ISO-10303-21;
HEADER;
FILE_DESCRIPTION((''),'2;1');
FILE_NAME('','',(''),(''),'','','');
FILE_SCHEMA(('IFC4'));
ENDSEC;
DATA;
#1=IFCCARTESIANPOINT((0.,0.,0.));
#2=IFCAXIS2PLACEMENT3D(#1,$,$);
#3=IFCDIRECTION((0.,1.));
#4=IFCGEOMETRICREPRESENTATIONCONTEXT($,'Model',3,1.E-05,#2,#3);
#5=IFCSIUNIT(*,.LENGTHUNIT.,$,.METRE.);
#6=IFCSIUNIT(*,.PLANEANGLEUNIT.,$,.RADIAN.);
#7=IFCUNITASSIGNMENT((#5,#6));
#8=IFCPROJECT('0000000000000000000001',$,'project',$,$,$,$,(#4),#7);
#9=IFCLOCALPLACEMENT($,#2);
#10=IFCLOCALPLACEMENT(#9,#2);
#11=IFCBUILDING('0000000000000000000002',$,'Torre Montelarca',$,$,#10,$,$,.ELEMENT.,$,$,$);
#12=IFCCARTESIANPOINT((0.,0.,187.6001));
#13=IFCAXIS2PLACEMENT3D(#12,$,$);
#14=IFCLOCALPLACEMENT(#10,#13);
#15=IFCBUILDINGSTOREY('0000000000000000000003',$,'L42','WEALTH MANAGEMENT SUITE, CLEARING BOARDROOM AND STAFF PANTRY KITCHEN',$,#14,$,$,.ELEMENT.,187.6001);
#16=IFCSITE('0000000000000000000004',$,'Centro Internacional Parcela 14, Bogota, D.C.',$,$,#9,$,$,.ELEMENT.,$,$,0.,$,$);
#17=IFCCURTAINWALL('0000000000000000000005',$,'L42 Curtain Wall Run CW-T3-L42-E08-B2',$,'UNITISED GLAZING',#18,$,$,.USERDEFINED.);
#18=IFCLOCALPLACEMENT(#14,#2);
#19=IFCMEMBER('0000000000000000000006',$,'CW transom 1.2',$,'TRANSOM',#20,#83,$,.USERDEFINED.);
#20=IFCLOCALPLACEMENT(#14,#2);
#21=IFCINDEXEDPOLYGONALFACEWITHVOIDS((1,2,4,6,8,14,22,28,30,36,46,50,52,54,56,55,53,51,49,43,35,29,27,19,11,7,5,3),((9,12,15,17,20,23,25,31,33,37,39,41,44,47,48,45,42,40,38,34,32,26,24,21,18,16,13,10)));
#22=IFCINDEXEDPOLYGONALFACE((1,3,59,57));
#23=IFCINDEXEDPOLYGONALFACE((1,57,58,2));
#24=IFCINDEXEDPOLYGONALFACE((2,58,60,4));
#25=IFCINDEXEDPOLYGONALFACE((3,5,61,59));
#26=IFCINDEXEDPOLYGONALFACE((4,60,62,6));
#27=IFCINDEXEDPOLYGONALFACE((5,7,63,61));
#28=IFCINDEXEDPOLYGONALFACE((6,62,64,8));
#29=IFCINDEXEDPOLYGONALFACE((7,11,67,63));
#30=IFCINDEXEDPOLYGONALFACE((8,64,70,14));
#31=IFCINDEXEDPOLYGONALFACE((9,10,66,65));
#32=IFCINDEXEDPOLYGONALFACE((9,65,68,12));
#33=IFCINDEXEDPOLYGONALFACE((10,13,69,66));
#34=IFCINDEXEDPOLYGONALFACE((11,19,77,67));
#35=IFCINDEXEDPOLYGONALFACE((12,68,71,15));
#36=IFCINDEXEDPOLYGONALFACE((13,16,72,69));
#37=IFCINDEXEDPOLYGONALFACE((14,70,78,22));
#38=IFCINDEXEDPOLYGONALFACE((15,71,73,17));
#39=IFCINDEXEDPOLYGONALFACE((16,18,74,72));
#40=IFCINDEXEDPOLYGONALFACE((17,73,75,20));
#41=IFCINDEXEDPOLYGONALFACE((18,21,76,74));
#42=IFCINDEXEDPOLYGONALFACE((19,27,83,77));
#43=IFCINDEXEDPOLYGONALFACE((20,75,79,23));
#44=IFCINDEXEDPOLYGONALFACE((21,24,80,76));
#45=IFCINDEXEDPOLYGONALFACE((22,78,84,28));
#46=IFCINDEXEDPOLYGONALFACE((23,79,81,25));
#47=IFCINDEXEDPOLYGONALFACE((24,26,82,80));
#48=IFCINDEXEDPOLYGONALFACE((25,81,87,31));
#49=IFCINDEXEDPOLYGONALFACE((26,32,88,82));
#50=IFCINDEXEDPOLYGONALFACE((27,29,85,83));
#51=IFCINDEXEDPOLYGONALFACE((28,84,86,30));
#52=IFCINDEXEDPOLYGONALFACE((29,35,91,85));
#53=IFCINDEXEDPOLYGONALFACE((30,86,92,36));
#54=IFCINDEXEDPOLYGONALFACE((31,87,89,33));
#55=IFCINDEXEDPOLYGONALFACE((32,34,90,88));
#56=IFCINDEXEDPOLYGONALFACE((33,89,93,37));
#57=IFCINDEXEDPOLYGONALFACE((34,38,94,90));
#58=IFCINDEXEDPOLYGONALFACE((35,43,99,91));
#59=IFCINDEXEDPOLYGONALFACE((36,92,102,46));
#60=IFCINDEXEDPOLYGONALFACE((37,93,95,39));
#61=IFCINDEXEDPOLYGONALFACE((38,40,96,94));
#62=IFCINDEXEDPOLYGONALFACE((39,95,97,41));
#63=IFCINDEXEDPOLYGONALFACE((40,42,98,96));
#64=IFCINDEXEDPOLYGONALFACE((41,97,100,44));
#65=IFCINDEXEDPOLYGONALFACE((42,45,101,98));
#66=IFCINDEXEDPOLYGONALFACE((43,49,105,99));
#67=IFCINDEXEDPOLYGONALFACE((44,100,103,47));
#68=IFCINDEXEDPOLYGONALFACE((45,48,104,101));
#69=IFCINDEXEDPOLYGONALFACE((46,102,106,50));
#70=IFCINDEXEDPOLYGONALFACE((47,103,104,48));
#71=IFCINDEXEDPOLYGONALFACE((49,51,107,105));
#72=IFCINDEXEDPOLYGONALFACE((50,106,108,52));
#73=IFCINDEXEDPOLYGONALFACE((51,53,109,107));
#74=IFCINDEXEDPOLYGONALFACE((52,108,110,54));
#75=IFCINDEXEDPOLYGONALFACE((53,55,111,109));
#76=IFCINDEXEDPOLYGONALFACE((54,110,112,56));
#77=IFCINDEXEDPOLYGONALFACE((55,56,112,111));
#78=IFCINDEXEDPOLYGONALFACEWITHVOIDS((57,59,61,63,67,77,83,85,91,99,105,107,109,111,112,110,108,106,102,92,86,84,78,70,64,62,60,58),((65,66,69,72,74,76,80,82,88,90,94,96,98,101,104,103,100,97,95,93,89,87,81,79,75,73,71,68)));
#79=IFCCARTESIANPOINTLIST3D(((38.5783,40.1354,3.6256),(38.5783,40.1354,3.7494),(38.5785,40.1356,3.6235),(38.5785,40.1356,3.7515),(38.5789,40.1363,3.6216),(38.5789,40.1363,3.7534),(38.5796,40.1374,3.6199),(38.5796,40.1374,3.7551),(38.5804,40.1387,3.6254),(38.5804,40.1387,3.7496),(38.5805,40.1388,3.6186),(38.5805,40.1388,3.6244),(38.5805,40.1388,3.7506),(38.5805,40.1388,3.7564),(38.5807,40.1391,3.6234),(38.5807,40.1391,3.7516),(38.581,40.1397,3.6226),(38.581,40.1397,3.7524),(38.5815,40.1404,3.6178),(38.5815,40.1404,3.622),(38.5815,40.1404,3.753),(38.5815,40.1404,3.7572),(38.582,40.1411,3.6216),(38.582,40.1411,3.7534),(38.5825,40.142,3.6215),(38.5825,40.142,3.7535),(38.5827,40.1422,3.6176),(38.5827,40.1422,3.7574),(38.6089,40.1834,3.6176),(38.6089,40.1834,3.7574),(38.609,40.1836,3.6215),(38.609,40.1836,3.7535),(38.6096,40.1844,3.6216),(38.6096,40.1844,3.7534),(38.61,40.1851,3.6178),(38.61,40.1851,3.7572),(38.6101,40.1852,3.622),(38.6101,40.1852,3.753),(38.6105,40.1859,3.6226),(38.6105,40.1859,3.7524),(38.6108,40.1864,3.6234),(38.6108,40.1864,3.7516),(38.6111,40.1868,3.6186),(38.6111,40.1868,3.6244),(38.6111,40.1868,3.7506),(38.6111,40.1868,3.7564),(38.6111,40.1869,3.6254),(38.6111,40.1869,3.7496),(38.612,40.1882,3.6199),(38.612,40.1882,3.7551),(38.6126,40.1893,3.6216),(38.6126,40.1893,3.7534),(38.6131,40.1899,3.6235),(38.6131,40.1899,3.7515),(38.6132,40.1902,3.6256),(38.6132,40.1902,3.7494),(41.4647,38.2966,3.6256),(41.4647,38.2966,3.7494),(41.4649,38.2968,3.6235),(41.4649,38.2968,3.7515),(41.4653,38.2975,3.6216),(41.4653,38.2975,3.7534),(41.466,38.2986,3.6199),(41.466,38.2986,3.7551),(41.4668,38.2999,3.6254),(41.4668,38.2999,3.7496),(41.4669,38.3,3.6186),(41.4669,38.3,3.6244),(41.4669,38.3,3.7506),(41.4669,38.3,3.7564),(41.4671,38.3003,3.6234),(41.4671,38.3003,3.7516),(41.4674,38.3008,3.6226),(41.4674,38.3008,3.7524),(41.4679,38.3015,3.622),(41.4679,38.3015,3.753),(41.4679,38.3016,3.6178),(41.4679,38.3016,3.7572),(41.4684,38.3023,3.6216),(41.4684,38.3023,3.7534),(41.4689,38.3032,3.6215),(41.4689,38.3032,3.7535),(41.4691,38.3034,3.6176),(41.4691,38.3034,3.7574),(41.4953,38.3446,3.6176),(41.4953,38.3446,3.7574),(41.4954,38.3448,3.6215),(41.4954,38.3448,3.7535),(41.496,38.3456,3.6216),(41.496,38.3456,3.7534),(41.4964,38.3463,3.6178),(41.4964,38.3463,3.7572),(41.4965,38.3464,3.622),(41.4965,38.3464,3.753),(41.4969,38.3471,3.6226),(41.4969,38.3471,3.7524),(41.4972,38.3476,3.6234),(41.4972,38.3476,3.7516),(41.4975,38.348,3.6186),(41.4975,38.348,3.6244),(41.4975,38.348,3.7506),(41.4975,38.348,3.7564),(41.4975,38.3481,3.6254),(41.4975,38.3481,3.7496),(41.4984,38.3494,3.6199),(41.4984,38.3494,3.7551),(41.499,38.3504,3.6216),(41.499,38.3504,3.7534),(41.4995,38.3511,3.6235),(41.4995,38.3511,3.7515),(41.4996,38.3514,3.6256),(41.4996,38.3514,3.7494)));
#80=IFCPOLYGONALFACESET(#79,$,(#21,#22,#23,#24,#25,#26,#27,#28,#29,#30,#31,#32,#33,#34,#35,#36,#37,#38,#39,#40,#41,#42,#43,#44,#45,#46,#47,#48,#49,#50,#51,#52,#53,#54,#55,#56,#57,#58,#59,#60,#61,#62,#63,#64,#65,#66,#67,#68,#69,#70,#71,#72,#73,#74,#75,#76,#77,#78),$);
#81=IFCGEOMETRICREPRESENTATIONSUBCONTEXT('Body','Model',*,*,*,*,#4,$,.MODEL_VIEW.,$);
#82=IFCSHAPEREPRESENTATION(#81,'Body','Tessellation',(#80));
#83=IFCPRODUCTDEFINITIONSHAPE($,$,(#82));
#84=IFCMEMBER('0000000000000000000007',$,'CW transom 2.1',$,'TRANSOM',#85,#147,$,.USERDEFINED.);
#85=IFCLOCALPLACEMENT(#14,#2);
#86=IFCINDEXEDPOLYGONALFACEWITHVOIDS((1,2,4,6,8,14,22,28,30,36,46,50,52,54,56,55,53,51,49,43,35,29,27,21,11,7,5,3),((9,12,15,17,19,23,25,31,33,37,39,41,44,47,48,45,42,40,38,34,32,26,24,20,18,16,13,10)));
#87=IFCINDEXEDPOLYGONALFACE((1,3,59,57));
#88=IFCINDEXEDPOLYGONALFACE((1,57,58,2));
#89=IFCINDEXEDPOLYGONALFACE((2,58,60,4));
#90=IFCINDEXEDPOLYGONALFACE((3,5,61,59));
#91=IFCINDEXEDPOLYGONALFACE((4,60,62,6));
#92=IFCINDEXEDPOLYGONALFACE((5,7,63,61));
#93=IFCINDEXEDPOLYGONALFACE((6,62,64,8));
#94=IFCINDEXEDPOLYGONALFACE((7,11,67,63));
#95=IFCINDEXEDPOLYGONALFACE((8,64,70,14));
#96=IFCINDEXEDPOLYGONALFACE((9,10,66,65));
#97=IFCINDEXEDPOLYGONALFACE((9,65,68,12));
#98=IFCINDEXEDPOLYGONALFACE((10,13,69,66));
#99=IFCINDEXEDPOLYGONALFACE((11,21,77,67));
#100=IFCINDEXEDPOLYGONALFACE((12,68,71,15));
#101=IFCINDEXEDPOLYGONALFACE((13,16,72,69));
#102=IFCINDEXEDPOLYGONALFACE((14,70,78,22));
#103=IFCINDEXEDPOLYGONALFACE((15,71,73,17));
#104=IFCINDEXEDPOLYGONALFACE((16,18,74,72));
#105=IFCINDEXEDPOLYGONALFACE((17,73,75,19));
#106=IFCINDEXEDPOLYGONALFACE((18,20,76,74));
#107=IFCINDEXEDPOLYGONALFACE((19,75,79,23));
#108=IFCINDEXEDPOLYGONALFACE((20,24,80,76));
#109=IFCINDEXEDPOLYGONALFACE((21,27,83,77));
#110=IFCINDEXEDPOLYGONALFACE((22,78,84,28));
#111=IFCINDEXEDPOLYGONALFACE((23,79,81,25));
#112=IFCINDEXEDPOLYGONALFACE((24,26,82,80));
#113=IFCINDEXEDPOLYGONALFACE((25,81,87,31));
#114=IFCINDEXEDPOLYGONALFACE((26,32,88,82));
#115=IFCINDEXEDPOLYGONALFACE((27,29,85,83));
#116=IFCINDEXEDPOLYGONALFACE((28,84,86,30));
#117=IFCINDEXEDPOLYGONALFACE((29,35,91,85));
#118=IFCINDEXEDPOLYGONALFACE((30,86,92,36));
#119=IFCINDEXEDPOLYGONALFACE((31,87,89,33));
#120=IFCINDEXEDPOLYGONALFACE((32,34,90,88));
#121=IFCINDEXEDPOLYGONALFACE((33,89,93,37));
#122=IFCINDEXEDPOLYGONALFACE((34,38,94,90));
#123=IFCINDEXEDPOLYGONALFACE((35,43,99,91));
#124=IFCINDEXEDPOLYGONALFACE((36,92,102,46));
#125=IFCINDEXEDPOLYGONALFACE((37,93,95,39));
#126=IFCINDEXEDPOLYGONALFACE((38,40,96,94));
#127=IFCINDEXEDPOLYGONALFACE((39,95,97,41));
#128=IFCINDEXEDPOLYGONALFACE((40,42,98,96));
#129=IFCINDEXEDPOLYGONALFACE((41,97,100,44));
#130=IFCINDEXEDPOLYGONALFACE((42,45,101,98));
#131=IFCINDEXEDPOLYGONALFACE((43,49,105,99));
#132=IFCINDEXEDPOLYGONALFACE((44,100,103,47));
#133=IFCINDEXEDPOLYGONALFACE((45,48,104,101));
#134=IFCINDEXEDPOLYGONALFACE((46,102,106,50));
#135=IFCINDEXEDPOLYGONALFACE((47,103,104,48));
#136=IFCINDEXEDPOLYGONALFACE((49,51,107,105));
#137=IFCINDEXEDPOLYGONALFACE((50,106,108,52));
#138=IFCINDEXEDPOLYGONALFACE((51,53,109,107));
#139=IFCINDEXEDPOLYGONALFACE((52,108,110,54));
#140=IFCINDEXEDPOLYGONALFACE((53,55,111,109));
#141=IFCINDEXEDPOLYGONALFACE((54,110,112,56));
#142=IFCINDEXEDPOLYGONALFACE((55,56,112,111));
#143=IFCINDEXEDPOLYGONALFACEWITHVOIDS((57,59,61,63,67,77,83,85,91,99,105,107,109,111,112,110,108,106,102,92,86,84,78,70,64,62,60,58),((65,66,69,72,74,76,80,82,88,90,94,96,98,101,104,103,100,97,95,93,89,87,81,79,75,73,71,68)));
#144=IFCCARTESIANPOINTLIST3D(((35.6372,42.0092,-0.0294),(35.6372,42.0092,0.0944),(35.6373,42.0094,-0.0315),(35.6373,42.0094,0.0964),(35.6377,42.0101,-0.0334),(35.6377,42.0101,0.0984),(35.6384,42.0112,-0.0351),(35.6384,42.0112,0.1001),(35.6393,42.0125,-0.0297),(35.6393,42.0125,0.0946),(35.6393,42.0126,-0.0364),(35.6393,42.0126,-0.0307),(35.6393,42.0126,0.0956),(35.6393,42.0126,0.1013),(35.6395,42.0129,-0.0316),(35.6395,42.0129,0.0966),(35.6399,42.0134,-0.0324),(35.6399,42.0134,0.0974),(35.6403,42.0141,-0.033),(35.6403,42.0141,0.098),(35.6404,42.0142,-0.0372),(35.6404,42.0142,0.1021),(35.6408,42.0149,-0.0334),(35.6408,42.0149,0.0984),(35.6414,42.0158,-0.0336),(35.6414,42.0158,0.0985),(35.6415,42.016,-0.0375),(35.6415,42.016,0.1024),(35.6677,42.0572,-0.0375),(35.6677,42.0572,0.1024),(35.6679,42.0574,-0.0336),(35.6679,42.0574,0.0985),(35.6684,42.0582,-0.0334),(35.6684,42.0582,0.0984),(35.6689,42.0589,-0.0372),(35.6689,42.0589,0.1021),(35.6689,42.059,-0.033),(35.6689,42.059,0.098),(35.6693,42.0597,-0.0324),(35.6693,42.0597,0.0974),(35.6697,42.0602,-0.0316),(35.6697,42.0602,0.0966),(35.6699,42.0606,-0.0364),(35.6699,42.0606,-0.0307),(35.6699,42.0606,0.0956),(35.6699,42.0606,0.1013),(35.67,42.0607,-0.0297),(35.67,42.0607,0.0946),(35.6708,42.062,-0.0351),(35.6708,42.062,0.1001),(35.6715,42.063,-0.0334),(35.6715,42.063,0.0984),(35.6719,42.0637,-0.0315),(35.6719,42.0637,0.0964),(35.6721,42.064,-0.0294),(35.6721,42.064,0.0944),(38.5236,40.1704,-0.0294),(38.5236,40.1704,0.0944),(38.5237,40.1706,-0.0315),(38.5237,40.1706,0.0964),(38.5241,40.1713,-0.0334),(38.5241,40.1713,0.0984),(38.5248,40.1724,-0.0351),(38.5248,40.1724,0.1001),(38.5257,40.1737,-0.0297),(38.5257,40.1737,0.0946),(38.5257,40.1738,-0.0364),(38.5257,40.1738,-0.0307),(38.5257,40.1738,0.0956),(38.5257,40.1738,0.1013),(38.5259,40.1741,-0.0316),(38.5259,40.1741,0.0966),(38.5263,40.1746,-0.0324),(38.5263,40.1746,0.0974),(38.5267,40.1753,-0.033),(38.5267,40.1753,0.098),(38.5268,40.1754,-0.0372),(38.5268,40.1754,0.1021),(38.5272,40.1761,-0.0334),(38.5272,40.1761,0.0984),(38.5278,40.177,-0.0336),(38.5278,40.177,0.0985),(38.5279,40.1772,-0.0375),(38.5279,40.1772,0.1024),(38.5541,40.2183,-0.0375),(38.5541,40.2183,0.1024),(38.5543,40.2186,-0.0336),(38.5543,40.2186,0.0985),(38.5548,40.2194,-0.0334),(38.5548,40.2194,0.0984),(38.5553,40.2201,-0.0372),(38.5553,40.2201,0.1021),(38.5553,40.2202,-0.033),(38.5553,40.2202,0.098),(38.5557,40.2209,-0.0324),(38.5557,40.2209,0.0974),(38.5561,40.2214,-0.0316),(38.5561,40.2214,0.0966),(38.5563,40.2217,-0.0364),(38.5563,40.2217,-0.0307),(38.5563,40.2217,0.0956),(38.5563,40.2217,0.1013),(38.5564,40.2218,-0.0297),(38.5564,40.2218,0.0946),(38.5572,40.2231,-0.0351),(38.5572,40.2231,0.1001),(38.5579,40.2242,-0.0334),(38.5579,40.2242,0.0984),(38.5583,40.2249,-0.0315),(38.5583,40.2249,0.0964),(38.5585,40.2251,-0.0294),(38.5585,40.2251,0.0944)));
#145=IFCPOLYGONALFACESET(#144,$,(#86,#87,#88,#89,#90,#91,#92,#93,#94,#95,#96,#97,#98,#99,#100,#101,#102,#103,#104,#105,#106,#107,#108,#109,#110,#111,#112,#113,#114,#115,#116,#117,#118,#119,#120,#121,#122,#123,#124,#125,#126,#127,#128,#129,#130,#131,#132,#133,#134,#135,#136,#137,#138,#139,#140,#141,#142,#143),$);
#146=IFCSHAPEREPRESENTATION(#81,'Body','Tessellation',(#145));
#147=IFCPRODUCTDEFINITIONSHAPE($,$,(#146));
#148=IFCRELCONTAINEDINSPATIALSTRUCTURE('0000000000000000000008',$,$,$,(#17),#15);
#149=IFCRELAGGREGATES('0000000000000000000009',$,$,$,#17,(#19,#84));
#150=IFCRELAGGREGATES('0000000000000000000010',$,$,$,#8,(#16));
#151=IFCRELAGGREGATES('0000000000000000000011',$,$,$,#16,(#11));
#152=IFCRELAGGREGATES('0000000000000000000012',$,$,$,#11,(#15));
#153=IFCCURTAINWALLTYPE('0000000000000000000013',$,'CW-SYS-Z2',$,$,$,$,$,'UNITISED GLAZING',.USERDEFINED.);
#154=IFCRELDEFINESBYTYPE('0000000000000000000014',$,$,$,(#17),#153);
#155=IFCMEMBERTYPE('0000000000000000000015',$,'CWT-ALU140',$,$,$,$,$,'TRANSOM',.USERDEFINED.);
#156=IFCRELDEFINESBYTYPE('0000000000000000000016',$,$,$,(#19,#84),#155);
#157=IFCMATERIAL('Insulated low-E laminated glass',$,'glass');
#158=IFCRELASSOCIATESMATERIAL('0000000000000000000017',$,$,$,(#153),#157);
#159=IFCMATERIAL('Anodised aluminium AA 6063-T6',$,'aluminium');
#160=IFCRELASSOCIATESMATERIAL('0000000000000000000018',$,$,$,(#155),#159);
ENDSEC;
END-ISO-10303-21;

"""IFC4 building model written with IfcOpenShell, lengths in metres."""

from ifc_helpers import new_model, si_unit, direction, frame, origin, origin_2d, place, context, subcontext, project, spatial, hollow_rectangle, extrude, source, transform, mapped, material, material_profile, profile_set, type_object, element, aggregate, save


model = new_model("IFC4")

# Units and contexts
model_context = context("Model", 3, precision=1e-05, world=origin(), true_north=direction((0.0, 1.0)))
body_context = subcontext(model_context, "Body", "Model", "MODEL_VIEW")
ifc_project = project(units=[si_unit("LENGTHUNIT", "METRE"), si_unit("PLANEANGLEUNIT", "RADIAN")], contexts=[model_context])

# Site, building, storey
site_placement = place(None, origin())
site = spatial("IfcSite", under=ifc_project, at=site_placement, Name="Centro Internacional Parcela 14, Bogota, D.C.", CompositionType="ELEMENT", RefElevation=0.0)
building_placement = place(site_placement, origin())
building = spatial("IfcBuilding", under=site, at=building_placement, Name="Torre Montelarca", CompositionType="ELEMENT")
storey_placement = place(building_placement, frame((0.0, 0.0, 187.6001)))
storey = spatial("IfcBuildingStorey", under=building, at=storey_placement, Name="L42", Description="WEALTH MANAGEMENT SUITE, CLEARING BOARDROOM AND STAFF PANTRY KITCHEN", CompositionType="ELEMENT", Elevation=187.6001)

# Curtain wall
ifc_material_1 = material(Name="Insulated low-E laminated glass", Category="glass")
curtain_wall_type = type_object("IfcCurtainWallType", Name="CW-SYS-Z2", ElementType="UNITISED GLAZING", PredefinedType="USERDEFINED", material=ifc_material_1)
ifc_material_2 = material(Name="Anodised aluminium AA 6063-T6", Category="aluminium")
ifc_material_profile_1 = material_profile(ifc_material_2, hollow_rectangle(XDim=0.0649, YDim=0.1399, WallThickness=0.0039, InnerFilletRadius=0.0039, OuterFilletRadius=0.0081, at=origin_2d()), Name="ALU65X140X4", Category="aluminium")
ifc_profile_set_1 = profile_set([ifc_material_profile_1], Name="Anodised aluminium AA 6063-T6")
member_type_1 = type_object("IfcMemberType", Name="CWT-ALU140", ElementType="TRANSOM", PredefinedType="USERDEFINED", material=ifc_profile_set_1)
curtain_wall_1_placement = place(storey_placement, origin())
curtain_wall_1 = element("IfcCurtainWall", 1, at=curtain_wall_1_placement, inside=storey, type_object=curtain_wall_type, Name="L42 Curtain Wall Run CW-T3-L42-E08-B2", ObjectType="UNITISED GLAZING", PredefinedType="USERDEFINED")

# Members
shared_shape_1 = source(origin(), body_context, "Body", "SweptSolid", [
    extrude(hollow_rectangle(XDim=0.0649, YDim=0.1399, WallThickness=0.0039, InnerFilletRadius=0.0039, OuterFilletRadius=0.0081, at=origin_2d()), origin(), (0.0, 0.0, 1.0), 3.4224),
])
member_1_placement = place(storey_placement, frame((41.4822, 38.324, 3.6875), z_axis=(-0.843394, 0.537295, 0.0), x_axis=(-0.537295, -0.843394, 0.0)))
member_1 = element("IfcMember", 2, at=member_1_placement, type_object=member_type_1, Name="CW transom 1.2", ObjectType="TRANSOM", PredefinedType="USERDEFINED", context=body_context, shape_type="MappedRepresentation", body=[
    mapped(shared_shape_1, transform((0.0, 0.0, 0.0), scale=1.0)),
])
member_2_placement = place(storey_placement, frame((38.541, 40.1978, 0.0325), z_axis=(-0.843394, 0.537295, 0.0), x_axis=(-0.537295, -0.843394, 0.0)))
member_2 = element("IfcMember", 3, at=member_2_placement, type_object=member_type_1, Name="CW transom 2.1", ObjectType="TRANSOM", PredefinedType="USERDEFINED", context=body_context, shape_type="MappedRepresentation", body=[
    mapped(shared_shape_1, transform((0.0, 0.0, 0.0), scale=1.0)),
])

aggregate(curtain_wall_1, [member_1, member_2])

save(model, "model.ifc")
